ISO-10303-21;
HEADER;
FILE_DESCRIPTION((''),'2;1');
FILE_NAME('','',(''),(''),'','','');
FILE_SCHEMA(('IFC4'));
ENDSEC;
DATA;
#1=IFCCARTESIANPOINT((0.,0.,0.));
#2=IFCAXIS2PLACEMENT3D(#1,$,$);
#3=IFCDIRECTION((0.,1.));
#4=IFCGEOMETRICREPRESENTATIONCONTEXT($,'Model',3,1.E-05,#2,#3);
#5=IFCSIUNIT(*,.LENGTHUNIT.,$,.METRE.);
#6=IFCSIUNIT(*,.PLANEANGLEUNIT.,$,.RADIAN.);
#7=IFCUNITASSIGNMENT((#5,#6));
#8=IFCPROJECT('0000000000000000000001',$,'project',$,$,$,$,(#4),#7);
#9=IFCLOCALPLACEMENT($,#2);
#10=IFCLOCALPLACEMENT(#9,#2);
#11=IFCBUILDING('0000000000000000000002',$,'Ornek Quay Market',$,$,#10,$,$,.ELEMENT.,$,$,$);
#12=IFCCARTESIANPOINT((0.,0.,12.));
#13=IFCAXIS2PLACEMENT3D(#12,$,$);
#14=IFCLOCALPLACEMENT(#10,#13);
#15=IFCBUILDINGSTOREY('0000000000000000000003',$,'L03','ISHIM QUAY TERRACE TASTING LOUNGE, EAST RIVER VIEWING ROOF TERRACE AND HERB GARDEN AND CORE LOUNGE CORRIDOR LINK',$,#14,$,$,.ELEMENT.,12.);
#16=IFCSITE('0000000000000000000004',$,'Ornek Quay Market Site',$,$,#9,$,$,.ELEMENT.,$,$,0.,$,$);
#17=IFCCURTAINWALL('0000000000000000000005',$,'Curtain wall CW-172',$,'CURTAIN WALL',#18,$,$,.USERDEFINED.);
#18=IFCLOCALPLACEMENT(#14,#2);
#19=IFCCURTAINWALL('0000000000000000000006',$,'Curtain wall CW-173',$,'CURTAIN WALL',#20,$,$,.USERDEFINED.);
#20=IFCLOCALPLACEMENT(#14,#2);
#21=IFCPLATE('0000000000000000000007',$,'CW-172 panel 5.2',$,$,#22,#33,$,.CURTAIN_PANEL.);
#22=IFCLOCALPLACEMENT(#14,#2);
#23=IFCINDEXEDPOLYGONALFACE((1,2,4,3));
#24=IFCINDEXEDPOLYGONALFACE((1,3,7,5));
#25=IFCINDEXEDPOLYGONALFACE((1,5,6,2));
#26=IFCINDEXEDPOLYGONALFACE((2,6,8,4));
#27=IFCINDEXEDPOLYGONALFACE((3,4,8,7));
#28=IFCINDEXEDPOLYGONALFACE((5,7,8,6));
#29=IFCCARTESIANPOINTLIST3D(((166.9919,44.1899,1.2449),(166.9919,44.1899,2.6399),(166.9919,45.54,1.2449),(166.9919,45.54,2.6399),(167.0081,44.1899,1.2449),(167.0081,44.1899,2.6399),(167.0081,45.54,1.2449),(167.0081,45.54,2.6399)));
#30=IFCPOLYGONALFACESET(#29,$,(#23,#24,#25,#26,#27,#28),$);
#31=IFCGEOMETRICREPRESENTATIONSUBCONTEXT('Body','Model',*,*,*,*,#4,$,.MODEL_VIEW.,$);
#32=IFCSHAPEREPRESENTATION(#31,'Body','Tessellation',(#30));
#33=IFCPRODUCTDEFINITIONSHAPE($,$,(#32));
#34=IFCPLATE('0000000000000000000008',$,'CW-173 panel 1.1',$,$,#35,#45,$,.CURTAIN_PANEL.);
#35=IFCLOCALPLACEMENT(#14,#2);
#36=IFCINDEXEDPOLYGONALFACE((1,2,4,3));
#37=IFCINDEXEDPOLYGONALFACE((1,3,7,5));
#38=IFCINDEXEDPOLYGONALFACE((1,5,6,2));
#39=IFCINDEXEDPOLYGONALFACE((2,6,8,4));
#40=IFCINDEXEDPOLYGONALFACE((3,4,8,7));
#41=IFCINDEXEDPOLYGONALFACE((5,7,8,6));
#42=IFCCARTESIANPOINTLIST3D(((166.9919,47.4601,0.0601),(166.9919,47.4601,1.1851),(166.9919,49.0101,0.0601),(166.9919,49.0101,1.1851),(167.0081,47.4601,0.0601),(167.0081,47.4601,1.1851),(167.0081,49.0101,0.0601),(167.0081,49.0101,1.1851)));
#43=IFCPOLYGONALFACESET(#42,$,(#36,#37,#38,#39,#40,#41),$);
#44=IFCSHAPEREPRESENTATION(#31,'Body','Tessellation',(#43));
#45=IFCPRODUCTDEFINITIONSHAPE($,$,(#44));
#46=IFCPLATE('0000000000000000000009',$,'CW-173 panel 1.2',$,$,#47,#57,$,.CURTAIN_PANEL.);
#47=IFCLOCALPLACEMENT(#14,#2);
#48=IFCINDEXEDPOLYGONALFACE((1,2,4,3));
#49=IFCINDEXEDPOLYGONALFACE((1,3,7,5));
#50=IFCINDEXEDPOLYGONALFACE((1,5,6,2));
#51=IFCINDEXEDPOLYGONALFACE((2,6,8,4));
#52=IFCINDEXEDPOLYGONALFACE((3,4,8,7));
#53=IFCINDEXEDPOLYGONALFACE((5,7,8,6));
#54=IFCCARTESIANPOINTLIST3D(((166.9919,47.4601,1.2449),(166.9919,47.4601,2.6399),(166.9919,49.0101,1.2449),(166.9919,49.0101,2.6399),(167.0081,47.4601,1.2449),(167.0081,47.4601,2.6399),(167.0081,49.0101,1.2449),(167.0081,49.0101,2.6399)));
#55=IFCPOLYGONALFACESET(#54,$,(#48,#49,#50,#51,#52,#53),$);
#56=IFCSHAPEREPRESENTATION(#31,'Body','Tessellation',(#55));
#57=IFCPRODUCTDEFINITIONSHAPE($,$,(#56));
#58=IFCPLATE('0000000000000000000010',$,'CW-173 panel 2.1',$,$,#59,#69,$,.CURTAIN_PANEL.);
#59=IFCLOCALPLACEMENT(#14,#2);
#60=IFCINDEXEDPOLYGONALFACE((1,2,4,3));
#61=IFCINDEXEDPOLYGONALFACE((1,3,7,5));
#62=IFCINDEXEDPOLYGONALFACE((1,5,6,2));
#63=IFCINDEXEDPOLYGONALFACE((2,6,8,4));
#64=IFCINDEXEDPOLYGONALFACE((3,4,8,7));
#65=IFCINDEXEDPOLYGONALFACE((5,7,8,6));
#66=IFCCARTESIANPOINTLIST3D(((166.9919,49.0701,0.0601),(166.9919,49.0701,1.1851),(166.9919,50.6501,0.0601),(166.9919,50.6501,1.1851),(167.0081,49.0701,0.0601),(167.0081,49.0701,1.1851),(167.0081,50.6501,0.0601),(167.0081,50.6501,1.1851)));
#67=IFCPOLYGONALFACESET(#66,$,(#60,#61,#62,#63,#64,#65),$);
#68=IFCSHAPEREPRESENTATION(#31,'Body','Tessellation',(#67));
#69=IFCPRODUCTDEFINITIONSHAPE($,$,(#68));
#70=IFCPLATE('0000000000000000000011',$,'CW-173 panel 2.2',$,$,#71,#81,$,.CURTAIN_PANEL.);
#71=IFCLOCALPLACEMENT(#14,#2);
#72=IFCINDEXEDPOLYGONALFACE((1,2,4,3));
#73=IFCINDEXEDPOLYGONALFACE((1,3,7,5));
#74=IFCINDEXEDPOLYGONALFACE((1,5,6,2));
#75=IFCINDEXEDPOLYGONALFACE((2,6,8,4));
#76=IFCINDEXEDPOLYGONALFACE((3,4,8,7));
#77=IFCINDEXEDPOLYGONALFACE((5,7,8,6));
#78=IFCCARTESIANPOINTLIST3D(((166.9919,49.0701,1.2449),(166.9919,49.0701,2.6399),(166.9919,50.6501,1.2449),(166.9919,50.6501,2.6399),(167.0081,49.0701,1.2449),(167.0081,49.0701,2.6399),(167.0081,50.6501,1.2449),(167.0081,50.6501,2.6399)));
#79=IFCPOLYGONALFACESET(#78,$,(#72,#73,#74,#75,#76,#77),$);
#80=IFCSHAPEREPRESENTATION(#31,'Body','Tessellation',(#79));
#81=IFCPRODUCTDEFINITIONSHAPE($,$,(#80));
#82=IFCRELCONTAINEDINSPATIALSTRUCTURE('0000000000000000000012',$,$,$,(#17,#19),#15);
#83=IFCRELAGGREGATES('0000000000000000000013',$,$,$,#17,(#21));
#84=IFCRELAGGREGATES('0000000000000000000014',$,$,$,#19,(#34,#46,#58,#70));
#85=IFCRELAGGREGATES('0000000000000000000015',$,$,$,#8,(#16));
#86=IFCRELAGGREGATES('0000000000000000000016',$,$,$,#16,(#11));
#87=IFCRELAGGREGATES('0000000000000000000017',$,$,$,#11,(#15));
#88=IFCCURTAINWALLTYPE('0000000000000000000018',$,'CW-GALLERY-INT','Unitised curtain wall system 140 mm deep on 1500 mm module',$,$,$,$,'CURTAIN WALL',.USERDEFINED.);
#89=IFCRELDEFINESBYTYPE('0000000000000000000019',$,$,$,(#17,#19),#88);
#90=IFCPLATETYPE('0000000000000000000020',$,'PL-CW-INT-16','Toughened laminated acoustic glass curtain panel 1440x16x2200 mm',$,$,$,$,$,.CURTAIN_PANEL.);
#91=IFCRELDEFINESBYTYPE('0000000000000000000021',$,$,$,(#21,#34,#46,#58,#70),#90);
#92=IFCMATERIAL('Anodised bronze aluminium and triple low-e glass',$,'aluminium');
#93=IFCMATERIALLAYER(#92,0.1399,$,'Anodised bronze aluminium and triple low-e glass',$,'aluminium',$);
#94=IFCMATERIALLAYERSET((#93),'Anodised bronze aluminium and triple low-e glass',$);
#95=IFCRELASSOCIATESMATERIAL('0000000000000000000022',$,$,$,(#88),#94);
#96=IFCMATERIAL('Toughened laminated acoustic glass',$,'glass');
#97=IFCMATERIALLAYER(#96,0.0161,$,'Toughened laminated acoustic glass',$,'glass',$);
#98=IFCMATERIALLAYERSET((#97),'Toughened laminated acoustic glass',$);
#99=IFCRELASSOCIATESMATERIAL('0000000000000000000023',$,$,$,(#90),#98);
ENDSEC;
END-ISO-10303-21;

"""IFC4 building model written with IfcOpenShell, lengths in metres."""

from ifc_helpers import new_model, si_unit, direction, frame, origin, origin_2d, place, context, subcontext, project, spatial, rectangle, extrude, material, layer, layer_set, type_object, element, aggregate, save


model = new_model("IFC4")

# Units and contexts
model_context = context("Model", 3, precision=1e-05, world=origin(), true_north=direction((0.0, 1.0)))
body_context = subcontext(model_context, "Body", "Model", "MODEL_VIEW")
ifc_project = project(units=[si_unit("LENGTHUNIT", "METRE"), si_unit("PLANEANGLEUNIT", "RADIAN")], contexts=[model_context])

# Site, building, storey
site_placement = place(None, origin())
site = spatial("IfcSite", under=ifc_project, at=site_placement, Name="Ornek Quay Market Site", CompositionType="ELEMENT", RefElevation=0.0)
building_placement = place(site_placement, origin())
building = spatial("IfcBuilding", under=site, at=building_placement, Name="Ornek Quay Market", CompositionType="ELEMENT")
storey_placement = place(building_placement, frame((0.0, 0.0, 12.0)))
storey = spatial("IfcBuildingStorey", under=building, at=storey_placement, Name="L03", Description="ISHIM QUAY TERRACE TASTING LOUNGE, EAST RIVER VIEWING ROOF TERRACE AND HERB GARDEN AND CORE LOUNGE CORRIDOR LINK", CompositionType="ELEMENT", Elevation=12.0)

# Curtain walls
ifc_material_1 = material(Name="Anodised bronze aluminium and triple low-e glass", Category="aluminium")
ifc_layer_1 = layer(ifc_material_1, 0.1399, Name="Anodised bronze aluminium and triple low-e glass", Category="aluminium")
ifc_layer_set_1 = layer_set([ifc_layer_1], Name="Anodised bronze aluminium and triple low-e glass")
curtain_wall_type = type_object("IfcCurtainWallType", Name="CW-GALLERY-INT", Description="Unitised curtain wall system 140 mm deep on 1500 mm module", ElementType="CURTAIN WALL", PredefinedType="USERDEFINED", material=ifc_layer_set_1)
curtain_wall_1_placement = place(storey_placement, origin())
curtain_wall_1 = element("IfcCurtainWall", 1, at=curtain_wall_1_placement, inside=storey, type_object=curtain_wall_type, Name="Curtain wall CW-172", ObjectType="CURTAIN WALL", PredefinedType="USERDEFINED")
curtain_wall_2_placement = place(storey_placement, origin())
curtain_wall_2 = element("IfcCurtainWall", 2, at=curtain_wall_2_placement, inside=storey, type_object=curtain_wall_type, Name="Curtain wall CW-173", ObjectType="CURTAIN WALL", PredefinedType="USERDEFINED")

# Plates
ifc_material_2 = material(Name="Toughened laminated acoustic glass", Category="glass")
ifc_layer_2 = layer(ifc_material_2, 0.0161, Name="Toughened laminated acoustic glass", Category="glass")
ifc_layer_set_2 = layer_set([ifc_layer_2], Name="Toughened laminated acoustic glass")
plate_type = type_object("IfcPlateType", Name="PL-CW-INT-16", Description="Toughened laminated acoustic glass curtain panel 1440x16x2200 mm", PredefinedType="CURTAIN_PANEL", material=ifc_layer_set_2)
plate_1_placement = place(storey_placement, frame((167.0, 44.865, 1.2449), z_axis=(0.0, 0.0, 1.0), x_axis=(0.0, 1.0, 0.0)))
plate_1 = element("IfcPlate", 3, at=plate_1_placement, type_object=plate_type, Name="CW-172 panel 5.2", PredefinedType="CURTAIN_PANEL", context=body_context, shape_type="SweptSolid", body=[
    extrude(rectangle(XDim=1.3501, YDim=0.0161, at=origin_2d()), origin(), (0.0, 0.0, 1.0), 1.395),
])
aggregate(curtain_wall_1, [plate_1])
plate_2_placement = place(storey_placement, frame((167.0, 48.2351, 0.0601), z_axis=(0.0, 0.0, 1.0), x_axis=(0.0, 1.0, 0.0)))
plate_2 = element("IfcPlate", 4, at=plate_2_placement, type_object=plate_type, Name="CW-173 panel 1.1", PredefinedType="CURTAIN_PANEL", context=body_context, shape_type="SweptSolid", body=[
    extrude(rectangle(XDim=1.55, YDim=0.0161, at=origin_2d()), origin(), (0.0, 0.0, 1.0), 1.125),
])
plate_3_placement = place(storey_placement, frame((167.0, 48.2351, 1.2449), z_axis=(0.0, 0.0, 1.0), x_axis=(0.0, 1.0, 0.0)))
plate_3 = element("IfcPlate", 5, at=plate_3_placement, type_object=plate_type, Name="CW-173 panel 1.2", PredefinedType="CURTAIN_PANEL", context=body_context, shape_type="SweptSolid", body=[
    extrude(rectangle(XDim=1.55, YDim=0.0161, at=origin_2d()), origin(), (0.0, 0.0, 1.0), 1.395),
])
plate_4_placement = place(storey_placement, frame((167.0, 49.8601, 0.0601), z_axis=(0.0, 0.0, 1.0), x_axis=(0.0, 1.0, 0.0)))
plate_4 = element("IfcPlate", 6, at=plate_4_placement, type_object=plate_type, Name="CW-173 panel 2.1", PredefinedType="CURTAIN_PANEL", context=body_context, shape_type="SweptSolid", body=[
    extrude(rectangle(XDim=1.5801, YDim=0.0161, at=origin_2d()), origin(), (0.0, 0.0, 1.0), 1.125),
])
plate_5_placement = place(storey_placement, frame((167.0, 49.8601, 1.2449), z_axis=(0.0, 0.0, 1.0), x_axis=(0.0, 1.0, 0.0)))
plate_5 = element("IfcPlate", 7, at=plate_5_placement, type_object=plate_type, Name="CW-173 panel 2.2", PredefinedType="CURTAIN_PANEL", context=body_context, shape_type="SweptSolid", body=[
    extrude(rectangle(XDim=1.5801, YDim=0.0161, at=origin_2d()), origin(), (0.0, 0.0, 1.0), 1.395),
])
aggregate(curtain_wall_2, [plate_2, plate_3, plate_4, plate_5])

save(model, "model.ifc")
